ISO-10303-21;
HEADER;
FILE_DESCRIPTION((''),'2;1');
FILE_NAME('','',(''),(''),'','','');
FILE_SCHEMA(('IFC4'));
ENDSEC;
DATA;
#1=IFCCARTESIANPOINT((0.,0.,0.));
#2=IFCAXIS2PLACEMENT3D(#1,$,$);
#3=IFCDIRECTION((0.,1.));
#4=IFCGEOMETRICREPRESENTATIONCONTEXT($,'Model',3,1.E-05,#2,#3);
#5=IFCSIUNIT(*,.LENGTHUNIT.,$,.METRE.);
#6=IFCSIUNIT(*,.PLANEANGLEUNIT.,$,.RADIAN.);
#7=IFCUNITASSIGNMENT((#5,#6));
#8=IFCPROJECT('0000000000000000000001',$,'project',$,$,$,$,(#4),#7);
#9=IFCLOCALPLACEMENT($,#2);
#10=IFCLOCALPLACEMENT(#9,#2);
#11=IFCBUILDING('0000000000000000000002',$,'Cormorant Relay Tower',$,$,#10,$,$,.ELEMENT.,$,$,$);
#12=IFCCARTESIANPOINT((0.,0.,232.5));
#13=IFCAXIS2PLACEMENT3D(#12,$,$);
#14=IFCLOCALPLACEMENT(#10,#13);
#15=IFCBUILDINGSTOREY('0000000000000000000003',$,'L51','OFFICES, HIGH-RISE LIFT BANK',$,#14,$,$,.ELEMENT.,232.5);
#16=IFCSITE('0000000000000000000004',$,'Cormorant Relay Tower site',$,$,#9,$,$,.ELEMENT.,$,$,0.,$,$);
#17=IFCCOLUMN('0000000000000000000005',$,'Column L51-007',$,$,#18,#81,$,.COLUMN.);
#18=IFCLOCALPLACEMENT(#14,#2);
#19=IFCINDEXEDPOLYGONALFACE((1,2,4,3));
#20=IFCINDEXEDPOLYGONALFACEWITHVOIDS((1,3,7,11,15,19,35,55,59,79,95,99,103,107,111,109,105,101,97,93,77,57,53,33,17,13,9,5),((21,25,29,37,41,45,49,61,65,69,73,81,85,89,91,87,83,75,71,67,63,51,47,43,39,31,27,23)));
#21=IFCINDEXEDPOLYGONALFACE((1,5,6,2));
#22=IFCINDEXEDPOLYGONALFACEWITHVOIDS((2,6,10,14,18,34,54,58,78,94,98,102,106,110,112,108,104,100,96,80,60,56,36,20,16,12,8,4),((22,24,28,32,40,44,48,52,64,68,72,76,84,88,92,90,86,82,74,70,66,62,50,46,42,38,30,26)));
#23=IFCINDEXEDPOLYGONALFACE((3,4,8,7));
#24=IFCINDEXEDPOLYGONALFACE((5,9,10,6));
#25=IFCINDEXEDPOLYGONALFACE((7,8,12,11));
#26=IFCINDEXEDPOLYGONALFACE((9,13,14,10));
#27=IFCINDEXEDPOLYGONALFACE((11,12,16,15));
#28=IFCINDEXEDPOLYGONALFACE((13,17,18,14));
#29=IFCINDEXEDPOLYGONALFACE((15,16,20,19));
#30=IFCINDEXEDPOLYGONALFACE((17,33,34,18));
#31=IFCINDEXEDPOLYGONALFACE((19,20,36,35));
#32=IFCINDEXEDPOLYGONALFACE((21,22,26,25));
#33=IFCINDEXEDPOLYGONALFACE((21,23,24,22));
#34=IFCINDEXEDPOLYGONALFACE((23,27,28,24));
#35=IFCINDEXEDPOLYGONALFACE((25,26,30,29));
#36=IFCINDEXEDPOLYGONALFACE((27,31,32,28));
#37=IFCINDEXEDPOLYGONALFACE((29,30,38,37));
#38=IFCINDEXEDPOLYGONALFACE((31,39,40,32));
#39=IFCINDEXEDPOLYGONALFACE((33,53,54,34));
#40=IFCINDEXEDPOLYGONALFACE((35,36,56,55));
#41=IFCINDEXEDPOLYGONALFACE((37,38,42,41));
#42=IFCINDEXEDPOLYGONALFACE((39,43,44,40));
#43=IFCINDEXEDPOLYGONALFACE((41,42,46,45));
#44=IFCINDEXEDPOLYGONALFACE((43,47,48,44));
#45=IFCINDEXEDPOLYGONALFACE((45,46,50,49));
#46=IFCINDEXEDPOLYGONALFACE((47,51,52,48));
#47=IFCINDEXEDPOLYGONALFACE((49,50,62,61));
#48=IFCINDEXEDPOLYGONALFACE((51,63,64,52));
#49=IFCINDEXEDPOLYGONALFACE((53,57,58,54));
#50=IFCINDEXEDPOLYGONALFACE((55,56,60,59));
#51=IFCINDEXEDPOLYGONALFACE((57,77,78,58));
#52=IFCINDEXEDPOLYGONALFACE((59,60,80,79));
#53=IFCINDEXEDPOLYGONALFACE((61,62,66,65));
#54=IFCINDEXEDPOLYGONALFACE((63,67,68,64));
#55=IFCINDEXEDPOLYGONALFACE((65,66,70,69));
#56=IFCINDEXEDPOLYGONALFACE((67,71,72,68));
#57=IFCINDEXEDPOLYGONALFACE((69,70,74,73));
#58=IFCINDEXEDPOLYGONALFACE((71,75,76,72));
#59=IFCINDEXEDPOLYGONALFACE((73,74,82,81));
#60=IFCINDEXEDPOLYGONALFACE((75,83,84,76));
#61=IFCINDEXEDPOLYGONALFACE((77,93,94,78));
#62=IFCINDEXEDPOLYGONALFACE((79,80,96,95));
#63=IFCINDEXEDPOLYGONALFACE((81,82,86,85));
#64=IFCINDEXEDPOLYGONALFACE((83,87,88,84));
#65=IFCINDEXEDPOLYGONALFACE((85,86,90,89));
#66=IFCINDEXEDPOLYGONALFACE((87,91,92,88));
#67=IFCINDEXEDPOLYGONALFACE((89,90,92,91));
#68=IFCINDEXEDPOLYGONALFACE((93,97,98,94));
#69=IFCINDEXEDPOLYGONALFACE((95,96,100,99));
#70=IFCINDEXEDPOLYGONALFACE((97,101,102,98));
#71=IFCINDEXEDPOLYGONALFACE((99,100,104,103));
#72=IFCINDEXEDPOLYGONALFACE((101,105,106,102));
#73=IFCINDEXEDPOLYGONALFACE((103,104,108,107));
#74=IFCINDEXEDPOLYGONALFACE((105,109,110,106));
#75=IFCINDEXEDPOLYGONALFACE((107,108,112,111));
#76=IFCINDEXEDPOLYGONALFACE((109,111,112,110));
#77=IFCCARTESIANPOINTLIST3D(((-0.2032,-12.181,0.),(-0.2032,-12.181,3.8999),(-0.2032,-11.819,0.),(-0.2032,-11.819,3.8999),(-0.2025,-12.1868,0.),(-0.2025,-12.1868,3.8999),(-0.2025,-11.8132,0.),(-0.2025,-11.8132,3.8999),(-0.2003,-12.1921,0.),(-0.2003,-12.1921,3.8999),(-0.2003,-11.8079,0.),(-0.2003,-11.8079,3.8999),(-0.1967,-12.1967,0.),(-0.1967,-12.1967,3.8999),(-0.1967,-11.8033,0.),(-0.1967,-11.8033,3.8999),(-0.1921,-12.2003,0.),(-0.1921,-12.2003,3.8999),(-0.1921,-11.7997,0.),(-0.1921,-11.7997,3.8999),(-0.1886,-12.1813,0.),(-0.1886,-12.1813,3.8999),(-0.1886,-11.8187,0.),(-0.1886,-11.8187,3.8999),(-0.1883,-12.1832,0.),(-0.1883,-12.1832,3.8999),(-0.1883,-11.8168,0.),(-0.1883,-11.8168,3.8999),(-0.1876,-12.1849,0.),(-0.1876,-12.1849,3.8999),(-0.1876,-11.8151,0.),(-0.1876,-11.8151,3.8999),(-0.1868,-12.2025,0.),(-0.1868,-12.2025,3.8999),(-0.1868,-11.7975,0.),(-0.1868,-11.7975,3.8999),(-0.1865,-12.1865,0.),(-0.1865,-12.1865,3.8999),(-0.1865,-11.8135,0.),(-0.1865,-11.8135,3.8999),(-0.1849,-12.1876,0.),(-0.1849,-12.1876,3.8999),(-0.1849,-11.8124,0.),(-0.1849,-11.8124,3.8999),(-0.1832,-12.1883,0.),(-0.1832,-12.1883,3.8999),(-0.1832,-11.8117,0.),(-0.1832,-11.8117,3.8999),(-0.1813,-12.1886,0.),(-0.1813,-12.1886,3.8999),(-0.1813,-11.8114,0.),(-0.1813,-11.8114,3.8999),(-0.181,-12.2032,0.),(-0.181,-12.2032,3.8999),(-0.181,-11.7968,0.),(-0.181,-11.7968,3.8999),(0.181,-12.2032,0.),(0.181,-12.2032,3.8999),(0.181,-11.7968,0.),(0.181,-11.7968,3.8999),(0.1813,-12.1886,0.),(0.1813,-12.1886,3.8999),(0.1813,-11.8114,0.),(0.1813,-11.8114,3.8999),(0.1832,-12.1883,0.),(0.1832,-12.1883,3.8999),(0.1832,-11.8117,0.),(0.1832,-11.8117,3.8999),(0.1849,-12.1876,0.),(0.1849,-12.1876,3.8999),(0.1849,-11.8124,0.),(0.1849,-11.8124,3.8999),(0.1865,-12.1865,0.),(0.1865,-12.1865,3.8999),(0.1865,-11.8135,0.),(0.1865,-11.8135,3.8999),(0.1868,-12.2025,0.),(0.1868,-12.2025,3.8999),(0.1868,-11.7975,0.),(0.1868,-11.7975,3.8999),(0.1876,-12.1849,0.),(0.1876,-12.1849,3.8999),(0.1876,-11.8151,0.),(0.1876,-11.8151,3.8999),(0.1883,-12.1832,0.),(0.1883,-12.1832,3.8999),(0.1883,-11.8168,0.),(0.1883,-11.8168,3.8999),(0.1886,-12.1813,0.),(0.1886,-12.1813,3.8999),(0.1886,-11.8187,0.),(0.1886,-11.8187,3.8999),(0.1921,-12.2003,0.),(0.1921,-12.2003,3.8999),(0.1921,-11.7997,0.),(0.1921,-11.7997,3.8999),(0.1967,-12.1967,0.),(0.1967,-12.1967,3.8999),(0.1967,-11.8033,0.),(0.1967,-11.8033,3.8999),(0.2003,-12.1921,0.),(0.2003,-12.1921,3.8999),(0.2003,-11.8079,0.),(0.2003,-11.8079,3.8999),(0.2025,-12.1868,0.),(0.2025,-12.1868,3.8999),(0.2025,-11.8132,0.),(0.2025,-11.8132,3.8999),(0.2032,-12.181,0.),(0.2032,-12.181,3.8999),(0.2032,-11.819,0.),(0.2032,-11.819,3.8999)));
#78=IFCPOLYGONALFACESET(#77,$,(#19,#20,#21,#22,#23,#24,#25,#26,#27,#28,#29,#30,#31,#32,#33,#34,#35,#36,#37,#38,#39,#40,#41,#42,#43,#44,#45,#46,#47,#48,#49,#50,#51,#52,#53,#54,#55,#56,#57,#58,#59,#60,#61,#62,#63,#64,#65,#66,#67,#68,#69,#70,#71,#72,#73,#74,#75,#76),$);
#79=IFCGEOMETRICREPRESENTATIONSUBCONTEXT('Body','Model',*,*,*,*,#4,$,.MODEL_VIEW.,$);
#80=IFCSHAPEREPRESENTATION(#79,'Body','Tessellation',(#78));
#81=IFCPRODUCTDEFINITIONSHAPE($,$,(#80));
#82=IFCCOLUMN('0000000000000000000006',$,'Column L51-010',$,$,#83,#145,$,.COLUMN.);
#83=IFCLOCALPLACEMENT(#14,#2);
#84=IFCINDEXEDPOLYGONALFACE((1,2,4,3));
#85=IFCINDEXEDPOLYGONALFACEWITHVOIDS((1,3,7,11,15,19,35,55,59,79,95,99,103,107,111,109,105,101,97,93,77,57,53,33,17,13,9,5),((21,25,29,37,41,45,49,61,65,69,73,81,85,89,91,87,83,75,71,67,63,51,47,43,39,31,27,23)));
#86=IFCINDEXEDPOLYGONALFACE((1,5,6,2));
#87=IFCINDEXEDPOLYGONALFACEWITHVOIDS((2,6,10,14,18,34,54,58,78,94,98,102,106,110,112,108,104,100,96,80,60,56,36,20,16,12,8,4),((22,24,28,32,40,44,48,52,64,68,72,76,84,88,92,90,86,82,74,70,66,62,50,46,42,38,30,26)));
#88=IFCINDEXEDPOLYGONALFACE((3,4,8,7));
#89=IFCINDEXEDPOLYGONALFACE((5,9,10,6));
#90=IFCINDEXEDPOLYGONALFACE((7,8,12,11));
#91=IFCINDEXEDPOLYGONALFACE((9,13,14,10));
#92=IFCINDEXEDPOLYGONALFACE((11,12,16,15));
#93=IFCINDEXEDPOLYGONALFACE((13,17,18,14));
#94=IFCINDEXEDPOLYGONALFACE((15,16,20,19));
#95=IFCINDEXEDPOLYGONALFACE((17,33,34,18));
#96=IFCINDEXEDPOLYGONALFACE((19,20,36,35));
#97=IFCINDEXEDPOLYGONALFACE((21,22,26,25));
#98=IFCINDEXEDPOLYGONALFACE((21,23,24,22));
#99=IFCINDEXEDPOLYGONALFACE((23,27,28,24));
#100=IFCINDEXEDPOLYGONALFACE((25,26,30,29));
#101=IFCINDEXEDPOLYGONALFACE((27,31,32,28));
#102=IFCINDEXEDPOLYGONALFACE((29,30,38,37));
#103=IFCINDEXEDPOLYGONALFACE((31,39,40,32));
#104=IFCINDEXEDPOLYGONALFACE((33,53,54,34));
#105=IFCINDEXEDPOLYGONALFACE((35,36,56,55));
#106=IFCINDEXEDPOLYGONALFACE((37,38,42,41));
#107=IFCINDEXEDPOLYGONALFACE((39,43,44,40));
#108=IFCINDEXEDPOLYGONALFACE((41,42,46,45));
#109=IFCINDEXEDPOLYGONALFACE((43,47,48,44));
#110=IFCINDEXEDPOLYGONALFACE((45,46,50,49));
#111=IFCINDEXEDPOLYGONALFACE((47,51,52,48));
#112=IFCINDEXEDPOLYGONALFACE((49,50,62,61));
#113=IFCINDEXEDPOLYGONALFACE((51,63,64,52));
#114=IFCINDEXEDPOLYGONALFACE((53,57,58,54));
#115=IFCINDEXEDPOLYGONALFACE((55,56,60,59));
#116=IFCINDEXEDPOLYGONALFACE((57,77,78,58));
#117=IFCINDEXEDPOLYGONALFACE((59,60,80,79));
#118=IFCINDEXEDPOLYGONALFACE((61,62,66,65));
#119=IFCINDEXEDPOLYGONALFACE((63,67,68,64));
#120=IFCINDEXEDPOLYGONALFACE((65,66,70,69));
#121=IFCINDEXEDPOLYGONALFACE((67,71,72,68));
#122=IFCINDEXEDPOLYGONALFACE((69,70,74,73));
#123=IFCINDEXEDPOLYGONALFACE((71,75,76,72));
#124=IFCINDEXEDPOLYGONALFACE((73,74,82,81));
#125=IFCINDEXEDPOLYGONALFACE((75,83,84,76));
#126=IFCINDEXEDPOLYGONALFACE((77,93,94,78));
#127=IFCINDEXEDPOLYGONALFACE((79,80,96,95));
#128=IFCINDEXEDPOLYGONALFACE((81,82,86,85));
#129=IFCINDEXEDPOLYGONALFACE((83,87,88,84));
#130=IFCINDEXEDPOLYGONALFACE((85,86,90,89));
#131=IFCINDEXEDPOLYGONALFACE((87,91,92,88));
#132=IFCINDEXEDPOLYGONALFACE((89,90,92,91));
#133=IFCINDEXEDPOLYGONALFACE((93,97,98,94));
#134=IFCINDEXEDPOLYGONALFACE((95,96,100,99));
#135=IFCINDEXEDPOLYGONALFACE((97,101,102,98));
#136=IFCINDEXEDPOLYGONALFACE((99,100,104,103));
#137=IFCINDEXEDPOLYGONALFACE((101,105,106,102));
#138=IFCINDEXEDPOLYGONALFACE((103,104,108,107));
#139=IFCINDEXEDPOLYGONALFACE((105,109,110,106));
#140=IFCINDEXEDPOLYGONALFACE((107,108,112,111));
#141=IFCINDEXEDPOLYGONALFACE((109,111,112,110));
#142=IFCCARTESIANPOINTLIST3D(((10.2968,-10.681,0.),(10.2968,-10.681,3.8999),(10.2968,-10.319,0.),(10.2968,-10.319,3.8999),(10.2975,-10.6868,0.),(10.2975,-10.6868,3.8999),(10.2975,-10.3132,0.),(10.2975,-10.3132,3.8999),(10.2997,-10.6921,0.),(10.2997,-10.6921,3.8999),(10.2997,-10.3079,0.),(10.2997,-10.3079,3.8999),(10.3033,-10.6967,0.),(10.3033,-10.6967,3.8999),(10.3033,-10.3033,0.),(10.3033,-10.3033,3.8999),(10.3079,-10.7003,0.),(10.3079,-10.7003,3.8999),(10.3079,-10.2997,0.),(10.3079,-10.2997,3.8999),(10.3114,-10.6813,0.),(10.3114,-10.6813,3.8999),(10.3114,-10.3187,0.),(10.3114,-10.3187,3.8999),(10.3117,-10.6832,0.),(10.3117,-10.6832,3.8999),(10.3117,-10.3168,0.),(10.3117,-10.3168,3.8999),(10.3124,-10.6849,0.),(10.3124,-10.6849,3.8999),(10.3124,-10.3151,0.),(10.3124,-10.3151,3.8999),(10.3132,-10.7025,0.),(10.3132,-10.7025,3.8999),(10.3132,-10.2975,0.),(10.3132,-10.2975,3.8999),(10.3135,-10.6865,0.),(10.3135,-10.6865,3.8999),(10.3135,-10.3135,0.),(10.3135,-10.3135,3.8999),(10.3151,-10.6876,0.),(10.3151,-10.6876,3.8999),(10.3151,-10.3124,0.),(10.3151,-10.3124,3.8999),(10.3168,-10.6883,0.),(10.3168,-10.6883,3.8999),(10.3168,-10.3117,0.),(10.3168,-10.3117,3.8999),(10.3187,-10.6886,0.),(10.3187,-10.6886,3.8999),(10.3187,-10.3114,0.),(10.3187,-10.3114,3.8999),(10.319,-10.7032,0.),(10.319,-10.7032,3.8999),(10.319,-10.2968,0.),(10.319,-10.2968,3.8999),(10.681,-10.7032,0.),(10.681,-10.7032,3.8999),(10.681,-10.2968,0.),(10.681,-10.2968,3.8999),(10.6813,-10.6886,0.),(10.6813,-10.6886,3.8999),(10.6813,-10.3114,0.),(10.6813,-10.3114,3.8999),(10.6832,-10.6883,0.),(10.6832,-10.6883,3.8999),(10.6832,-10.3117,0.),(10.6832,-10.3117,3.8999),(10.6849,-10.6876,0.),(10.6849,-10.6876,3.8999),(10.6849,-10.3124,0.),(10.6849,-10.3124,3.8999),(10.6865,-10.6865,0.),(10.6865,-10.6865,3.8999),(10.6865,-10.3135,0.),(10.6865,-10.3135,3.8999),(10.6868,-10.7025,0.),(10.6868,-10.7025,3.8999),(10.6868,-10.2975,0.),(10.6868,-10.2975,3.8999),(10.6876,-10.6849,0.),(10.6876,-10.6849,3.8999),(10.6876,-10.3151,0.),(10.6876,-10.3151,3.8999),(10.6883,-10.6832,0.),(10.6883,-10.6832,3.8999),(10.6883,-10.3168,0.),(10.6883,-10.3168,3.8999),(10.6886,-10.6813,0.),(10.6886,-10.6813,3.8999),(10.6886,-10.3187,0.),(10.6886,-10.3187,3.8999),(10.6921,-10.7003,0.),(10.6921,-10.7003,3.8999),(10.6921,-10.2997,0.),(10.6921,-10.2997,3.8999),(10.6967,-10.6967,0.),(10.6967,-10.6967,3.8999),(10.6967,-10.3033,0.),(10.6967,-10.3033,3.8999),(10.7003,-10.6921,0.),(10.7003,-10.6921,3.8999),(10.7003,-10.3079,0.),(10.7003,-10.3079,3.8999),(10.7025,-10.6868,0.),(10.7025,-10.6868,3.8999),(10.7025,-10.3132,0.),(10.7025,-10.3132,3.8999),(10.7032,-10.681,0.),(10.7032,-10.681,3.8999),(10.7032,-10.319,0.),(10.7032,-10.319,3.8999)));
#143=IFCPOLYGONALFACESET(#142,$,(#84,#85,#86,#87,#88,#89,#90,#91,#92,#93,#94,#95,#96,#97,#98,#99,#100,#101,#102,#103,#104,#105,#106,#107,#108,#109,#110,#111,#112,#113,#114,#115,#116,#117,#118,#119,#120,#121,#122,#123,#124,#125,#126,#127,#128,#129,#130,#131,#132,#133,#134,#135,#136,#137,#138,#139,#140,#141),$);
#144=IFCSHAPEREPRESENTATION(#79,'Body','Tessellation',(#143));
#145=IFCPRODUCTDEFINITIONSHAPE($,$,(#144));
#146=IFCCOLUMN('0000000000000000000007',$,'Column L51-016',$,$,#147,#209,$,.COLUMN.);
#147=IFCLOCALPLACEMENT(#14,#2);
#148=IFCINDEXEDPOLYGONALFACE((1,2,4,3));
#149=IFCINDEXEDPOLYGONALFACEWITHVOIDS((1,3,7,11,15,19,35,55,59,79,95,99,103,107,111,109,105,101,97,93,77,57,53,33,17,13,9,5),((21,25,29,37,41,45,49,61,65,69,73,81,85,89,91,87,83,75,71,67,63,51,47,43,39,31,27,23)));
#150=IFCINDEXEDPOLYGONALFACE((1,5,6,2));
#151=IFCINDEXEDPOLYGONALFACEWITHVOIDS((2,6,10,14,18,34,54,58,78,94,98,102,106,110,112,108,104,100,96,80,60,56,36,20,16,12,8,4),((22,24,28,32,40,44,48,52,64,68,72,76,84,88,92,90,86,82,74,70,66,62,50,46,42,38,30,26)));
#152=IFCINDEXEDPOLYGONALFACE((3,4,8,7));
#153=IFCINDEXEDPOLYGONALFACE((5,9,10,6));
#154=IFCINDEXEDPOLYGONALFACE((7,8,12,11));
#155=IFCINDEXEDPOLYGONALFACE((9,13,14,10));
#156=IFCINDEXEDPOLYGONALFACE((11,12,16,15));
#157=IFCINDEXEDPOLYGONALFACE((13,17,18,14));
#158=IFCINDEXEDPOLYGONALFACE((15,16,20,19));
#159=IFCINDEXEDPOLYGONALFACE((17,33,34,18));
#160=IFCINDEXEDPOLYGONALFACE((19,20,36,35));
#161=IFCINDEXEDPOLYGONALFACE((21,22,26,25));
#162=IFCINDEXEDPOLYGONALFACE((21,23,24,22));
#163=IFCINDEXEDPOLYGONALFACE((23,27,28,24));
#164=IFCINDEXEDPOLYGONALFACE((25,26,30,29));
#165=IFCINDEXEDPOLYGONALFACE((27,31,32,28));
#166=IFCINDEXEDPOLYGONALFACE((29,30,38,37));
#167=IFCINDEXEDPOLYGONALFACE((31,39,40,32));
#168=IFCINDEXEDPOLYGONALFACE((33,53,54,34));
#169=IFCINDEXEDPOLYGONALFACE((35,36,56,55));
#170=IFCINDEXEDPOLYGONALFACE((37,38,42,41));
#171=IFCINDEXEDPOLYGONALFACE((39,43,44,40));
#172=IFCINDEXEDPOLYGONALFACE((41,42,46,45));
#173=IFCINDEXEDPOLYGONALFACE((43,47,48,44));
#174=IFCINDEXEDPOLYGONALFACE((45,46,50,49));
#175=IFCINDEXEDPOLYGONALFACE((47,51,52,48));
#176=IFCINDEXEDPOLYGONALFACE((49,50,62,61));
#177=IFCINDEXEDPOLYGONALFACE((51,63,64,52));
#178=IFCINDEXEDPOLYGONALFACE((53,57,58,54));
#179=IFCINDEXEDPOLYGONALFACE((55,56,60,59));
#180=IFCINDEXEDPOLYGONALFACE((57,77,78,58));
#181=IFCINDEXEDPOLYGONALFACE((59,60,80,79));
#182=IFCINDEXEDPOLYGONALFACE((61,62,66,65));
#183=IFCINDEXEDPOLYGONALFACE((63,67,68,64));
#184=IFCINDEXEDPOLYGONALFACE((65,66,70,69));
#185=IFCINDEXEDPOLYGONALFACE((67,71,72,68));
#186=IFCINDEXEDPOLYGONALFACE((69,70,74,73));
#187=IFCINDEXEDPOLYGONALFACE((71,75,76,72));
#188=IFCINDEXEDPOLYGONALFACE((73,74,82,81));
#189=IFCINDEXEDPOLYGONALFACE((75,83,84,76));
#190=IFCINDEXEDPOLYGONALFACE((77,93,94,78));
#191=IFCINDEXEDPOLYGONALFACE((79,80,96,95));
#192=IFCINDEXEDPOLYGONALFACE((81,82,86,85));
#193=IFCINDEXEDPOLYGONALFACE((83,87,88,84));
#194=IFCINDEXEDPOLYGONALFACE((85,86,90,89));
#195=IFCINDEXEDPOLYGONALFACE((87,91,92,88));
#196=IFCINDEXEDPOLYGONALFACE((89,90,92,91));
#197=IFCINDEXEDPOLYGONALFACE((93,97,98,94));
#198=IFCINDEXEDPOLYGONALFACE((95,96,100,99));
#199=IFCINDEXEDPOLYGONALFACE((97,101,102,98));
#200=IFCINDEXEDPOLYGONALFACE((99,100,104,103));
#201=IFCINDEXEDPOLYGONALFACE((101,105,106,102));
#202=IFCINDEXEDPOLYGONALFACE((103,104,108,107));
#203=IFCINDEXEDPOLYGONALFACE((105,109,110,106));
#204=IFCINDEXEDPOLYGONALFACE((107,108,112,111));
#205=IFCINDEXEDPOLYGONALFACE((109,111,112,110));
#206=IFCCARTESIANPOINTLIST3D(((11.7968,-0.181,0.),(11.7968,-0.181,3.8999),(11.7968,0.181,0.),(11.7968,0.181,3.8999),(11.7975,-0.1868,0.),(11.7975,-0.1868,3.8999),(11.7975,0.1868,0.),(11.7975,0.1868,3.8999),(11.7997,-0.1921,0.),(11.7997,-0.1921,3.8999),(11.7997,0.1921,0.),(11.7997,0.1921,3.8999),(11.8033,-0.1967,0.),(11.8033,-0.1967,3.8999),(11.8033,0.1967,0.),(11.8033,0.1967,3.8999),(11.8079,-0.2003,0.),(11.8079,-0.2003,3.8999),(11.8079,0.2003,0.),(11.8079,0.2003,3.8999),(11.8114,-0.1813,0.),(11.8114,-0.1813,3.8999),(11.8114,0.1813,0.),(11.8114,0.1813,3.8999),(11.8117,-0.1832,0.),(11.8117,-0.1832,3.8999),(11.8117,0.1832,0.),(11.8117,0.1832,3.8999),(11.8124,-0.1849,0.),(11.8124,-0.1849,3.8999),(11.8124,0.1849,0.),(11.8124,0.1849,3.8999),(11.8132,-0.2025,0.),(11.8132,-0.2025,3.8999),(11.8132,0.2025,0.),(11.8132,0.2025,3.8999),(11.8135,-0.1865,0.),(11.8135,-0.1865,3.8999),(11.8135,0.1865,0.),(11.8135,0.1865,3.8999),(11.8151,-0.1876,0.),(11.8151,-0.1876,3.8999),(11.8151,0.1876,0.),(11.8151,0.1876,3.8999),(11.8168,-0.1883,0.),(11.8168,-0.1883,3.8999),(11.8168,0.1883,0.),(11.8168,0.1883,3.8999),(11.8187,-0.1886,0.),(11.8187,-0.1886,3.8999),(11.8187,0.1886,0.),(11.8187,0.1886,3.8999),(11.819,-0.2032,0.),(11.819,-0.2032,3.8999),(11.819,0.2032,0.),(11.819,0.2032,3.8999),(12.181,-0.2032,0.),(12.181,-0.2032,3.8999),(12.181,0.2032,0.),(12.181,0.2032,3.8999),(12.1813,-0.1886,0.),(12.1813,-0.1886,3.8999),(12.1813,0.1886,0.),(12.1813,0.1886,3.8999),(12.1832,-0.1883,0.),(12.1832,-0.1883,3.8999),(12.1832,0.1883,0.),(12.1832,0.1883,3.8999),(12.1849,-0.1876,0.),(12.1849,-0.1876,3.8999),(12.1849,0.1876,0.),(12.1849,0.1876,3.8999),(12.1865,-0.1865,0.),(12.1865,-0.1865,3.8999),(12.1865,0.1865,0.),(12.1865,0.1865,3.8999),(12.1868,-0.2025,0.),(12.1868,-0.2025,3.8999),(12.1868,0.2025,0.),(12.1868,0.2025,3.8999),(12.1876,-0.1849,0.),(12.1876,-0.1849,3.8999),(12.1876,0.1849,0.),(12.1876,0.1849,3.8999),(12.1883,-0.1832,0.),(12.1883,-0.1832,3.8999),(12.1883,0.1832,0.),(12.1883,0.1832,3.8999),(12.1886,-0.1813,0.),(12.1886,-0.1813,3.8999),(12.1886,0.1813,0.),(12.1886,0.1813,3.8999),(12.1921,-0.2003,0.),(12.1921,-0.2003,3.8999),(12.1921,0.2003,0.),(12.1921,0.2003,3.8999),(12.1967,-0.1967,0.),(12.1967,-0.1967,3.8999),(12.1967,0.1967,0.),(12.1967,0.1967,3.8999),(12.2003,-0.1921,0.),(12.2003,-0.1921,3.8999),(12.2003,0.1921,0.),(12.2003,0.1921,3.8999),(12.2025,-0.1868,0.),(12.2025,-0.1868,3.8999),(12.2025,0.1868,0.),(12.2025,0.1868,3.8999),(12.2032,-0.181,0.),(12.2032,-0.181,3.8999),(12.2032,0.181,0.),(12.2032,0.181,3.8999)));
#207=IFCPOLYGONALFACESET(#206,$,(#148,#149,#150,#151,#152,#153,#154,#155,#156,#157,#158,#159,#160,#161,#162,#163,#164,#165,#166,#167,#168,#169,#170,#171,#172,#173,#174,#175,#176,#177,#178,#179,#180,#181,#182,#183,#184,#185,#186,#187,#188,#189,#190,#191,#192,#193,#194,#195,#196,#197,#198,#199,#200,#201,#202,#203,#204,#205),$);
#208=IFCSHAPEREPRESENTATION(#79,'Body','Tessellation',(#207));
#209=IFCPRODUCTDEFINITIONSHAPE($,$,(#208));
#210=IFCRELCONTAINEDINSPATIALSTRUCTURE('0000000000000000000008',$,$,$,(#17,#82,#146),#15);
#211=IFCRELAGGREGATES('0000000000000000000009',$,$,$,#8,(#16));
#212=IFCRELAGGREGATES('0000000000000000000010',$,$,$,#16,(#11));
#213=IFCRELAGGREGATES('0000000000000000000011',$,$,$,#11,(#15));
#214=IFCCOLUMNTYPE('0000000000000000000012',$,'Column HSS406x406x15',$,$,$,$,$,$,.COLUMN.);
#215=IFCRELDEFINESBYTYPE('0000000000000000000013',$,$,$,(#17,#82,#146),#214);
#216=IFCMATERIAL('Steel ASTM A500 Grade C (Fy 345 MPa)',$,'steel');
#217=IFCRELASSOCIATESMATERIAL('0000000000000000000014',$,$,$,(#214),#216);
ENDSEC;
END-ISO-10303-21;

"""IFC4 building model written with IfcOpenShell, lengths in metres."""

from ifc_helpers import new_model, si_unit, direction, frame, origin, origin_2d, place, context, subcontext, project, spatial, hollow_rectangle, extrude, material, material_profile, profile_set, type_object, element, save


model = new_model("IFC4")

# Units and contexts
model_context = context("Model", 3, precision=1e-05, world=origin(), true_north=direction((0.0, 1.0)))
body_context = subcontext(model_context, "Body", "Model", "MODEL_VIEW")
ifc_project = project(units=[si_unit("LENGTHUNIT", "METRE"), si_unit("PLANEANGLEUNIT", "RADIAN")], contexts=[model_context])

# Site, building, storey
site_placement = place(None, origin())
site = spatial("IfcSite", under=ifc_project, at=site_placement, Name="Cormorant Relay Tower site", CompositionType="ELEMENT", RefElevation=0.0)
building_placement = place(site_placement, origin())
building = spatial("IfcBuilding", under=site, at=building_placement, Name="Cormorant Relay Tower", CompositionType="ELEMENT")
storey_placement = place(building_placement, frame((0.0, 0.0, 232.5)))
storey = spatial("IfcBuildingStorey", under=building, at=storey_placement, Name="L51", Description="OFFICES, HIGH-RISE LIFT BANK", CompositionType="ELEMENT", Elevation=232.5)

# Columns
ifc_material_1 = material(Name="Steel ASTM A500 Grade C (Fy 345 MPa)", Category="steel")
ifc_material_profile_1 = material_profile(ifc_material_1, hollow_rectangle(XDim=0.4065, YDim=0.4065, WallThickness=0.0146, InnerFilletRadius=0.0073, OuterFilletRadius=0.0222, at=origin_2d()), Name="HSS406x406x15")
ifc_profile_set_1 = profile_set([ifc_material_profile_1], Name="Steel ASTM A500 Grade C (Fy 345 MPa)")
column_type_1 = type_object("IfcColumnType", Name="Column HSS406x406x15", PredefinedType="COLUMN", material=ifc_profile_set_1)
for number, where, z_axis, x_axis, name in (
    (1, (0.0, -12.0, 0.0), (0.0, 0.0, 1.0), (1.0, 0.0, 0.0), "Column L51-007"),
    (2, (10.5, -10.5, 0.0), (0.0, 0.0, 1.0), (1.0, 0.0, 0.0), "Column L51-010"),
    (3, (12.0, 0.0, 0.0), (0.0, 0.0, 1.0), (1.0, 0.0, 0.0), "Column L51-016"),
):
    element("IfcColumn", number, at=place(storey_placement, frame(where, z_axis=z_axis, x_axis=x_axis)), inside=storey, type_object=column_type_1, Name=name, PredefinedType="COLUMN", context=body_context, shape_type="SweptSolid", body=[
        extrude(hollow_rectangle(XDim=0.4065, YDim=0.4065, WallThickness=0.0146, InnerFilletRadius=0.0073, OuterFilletRadius=0.0222, at=origin_2d()), origin(), (0.0, 0.0, 1.0), 3.8999),
    ])

save(model, "model.ifc")
